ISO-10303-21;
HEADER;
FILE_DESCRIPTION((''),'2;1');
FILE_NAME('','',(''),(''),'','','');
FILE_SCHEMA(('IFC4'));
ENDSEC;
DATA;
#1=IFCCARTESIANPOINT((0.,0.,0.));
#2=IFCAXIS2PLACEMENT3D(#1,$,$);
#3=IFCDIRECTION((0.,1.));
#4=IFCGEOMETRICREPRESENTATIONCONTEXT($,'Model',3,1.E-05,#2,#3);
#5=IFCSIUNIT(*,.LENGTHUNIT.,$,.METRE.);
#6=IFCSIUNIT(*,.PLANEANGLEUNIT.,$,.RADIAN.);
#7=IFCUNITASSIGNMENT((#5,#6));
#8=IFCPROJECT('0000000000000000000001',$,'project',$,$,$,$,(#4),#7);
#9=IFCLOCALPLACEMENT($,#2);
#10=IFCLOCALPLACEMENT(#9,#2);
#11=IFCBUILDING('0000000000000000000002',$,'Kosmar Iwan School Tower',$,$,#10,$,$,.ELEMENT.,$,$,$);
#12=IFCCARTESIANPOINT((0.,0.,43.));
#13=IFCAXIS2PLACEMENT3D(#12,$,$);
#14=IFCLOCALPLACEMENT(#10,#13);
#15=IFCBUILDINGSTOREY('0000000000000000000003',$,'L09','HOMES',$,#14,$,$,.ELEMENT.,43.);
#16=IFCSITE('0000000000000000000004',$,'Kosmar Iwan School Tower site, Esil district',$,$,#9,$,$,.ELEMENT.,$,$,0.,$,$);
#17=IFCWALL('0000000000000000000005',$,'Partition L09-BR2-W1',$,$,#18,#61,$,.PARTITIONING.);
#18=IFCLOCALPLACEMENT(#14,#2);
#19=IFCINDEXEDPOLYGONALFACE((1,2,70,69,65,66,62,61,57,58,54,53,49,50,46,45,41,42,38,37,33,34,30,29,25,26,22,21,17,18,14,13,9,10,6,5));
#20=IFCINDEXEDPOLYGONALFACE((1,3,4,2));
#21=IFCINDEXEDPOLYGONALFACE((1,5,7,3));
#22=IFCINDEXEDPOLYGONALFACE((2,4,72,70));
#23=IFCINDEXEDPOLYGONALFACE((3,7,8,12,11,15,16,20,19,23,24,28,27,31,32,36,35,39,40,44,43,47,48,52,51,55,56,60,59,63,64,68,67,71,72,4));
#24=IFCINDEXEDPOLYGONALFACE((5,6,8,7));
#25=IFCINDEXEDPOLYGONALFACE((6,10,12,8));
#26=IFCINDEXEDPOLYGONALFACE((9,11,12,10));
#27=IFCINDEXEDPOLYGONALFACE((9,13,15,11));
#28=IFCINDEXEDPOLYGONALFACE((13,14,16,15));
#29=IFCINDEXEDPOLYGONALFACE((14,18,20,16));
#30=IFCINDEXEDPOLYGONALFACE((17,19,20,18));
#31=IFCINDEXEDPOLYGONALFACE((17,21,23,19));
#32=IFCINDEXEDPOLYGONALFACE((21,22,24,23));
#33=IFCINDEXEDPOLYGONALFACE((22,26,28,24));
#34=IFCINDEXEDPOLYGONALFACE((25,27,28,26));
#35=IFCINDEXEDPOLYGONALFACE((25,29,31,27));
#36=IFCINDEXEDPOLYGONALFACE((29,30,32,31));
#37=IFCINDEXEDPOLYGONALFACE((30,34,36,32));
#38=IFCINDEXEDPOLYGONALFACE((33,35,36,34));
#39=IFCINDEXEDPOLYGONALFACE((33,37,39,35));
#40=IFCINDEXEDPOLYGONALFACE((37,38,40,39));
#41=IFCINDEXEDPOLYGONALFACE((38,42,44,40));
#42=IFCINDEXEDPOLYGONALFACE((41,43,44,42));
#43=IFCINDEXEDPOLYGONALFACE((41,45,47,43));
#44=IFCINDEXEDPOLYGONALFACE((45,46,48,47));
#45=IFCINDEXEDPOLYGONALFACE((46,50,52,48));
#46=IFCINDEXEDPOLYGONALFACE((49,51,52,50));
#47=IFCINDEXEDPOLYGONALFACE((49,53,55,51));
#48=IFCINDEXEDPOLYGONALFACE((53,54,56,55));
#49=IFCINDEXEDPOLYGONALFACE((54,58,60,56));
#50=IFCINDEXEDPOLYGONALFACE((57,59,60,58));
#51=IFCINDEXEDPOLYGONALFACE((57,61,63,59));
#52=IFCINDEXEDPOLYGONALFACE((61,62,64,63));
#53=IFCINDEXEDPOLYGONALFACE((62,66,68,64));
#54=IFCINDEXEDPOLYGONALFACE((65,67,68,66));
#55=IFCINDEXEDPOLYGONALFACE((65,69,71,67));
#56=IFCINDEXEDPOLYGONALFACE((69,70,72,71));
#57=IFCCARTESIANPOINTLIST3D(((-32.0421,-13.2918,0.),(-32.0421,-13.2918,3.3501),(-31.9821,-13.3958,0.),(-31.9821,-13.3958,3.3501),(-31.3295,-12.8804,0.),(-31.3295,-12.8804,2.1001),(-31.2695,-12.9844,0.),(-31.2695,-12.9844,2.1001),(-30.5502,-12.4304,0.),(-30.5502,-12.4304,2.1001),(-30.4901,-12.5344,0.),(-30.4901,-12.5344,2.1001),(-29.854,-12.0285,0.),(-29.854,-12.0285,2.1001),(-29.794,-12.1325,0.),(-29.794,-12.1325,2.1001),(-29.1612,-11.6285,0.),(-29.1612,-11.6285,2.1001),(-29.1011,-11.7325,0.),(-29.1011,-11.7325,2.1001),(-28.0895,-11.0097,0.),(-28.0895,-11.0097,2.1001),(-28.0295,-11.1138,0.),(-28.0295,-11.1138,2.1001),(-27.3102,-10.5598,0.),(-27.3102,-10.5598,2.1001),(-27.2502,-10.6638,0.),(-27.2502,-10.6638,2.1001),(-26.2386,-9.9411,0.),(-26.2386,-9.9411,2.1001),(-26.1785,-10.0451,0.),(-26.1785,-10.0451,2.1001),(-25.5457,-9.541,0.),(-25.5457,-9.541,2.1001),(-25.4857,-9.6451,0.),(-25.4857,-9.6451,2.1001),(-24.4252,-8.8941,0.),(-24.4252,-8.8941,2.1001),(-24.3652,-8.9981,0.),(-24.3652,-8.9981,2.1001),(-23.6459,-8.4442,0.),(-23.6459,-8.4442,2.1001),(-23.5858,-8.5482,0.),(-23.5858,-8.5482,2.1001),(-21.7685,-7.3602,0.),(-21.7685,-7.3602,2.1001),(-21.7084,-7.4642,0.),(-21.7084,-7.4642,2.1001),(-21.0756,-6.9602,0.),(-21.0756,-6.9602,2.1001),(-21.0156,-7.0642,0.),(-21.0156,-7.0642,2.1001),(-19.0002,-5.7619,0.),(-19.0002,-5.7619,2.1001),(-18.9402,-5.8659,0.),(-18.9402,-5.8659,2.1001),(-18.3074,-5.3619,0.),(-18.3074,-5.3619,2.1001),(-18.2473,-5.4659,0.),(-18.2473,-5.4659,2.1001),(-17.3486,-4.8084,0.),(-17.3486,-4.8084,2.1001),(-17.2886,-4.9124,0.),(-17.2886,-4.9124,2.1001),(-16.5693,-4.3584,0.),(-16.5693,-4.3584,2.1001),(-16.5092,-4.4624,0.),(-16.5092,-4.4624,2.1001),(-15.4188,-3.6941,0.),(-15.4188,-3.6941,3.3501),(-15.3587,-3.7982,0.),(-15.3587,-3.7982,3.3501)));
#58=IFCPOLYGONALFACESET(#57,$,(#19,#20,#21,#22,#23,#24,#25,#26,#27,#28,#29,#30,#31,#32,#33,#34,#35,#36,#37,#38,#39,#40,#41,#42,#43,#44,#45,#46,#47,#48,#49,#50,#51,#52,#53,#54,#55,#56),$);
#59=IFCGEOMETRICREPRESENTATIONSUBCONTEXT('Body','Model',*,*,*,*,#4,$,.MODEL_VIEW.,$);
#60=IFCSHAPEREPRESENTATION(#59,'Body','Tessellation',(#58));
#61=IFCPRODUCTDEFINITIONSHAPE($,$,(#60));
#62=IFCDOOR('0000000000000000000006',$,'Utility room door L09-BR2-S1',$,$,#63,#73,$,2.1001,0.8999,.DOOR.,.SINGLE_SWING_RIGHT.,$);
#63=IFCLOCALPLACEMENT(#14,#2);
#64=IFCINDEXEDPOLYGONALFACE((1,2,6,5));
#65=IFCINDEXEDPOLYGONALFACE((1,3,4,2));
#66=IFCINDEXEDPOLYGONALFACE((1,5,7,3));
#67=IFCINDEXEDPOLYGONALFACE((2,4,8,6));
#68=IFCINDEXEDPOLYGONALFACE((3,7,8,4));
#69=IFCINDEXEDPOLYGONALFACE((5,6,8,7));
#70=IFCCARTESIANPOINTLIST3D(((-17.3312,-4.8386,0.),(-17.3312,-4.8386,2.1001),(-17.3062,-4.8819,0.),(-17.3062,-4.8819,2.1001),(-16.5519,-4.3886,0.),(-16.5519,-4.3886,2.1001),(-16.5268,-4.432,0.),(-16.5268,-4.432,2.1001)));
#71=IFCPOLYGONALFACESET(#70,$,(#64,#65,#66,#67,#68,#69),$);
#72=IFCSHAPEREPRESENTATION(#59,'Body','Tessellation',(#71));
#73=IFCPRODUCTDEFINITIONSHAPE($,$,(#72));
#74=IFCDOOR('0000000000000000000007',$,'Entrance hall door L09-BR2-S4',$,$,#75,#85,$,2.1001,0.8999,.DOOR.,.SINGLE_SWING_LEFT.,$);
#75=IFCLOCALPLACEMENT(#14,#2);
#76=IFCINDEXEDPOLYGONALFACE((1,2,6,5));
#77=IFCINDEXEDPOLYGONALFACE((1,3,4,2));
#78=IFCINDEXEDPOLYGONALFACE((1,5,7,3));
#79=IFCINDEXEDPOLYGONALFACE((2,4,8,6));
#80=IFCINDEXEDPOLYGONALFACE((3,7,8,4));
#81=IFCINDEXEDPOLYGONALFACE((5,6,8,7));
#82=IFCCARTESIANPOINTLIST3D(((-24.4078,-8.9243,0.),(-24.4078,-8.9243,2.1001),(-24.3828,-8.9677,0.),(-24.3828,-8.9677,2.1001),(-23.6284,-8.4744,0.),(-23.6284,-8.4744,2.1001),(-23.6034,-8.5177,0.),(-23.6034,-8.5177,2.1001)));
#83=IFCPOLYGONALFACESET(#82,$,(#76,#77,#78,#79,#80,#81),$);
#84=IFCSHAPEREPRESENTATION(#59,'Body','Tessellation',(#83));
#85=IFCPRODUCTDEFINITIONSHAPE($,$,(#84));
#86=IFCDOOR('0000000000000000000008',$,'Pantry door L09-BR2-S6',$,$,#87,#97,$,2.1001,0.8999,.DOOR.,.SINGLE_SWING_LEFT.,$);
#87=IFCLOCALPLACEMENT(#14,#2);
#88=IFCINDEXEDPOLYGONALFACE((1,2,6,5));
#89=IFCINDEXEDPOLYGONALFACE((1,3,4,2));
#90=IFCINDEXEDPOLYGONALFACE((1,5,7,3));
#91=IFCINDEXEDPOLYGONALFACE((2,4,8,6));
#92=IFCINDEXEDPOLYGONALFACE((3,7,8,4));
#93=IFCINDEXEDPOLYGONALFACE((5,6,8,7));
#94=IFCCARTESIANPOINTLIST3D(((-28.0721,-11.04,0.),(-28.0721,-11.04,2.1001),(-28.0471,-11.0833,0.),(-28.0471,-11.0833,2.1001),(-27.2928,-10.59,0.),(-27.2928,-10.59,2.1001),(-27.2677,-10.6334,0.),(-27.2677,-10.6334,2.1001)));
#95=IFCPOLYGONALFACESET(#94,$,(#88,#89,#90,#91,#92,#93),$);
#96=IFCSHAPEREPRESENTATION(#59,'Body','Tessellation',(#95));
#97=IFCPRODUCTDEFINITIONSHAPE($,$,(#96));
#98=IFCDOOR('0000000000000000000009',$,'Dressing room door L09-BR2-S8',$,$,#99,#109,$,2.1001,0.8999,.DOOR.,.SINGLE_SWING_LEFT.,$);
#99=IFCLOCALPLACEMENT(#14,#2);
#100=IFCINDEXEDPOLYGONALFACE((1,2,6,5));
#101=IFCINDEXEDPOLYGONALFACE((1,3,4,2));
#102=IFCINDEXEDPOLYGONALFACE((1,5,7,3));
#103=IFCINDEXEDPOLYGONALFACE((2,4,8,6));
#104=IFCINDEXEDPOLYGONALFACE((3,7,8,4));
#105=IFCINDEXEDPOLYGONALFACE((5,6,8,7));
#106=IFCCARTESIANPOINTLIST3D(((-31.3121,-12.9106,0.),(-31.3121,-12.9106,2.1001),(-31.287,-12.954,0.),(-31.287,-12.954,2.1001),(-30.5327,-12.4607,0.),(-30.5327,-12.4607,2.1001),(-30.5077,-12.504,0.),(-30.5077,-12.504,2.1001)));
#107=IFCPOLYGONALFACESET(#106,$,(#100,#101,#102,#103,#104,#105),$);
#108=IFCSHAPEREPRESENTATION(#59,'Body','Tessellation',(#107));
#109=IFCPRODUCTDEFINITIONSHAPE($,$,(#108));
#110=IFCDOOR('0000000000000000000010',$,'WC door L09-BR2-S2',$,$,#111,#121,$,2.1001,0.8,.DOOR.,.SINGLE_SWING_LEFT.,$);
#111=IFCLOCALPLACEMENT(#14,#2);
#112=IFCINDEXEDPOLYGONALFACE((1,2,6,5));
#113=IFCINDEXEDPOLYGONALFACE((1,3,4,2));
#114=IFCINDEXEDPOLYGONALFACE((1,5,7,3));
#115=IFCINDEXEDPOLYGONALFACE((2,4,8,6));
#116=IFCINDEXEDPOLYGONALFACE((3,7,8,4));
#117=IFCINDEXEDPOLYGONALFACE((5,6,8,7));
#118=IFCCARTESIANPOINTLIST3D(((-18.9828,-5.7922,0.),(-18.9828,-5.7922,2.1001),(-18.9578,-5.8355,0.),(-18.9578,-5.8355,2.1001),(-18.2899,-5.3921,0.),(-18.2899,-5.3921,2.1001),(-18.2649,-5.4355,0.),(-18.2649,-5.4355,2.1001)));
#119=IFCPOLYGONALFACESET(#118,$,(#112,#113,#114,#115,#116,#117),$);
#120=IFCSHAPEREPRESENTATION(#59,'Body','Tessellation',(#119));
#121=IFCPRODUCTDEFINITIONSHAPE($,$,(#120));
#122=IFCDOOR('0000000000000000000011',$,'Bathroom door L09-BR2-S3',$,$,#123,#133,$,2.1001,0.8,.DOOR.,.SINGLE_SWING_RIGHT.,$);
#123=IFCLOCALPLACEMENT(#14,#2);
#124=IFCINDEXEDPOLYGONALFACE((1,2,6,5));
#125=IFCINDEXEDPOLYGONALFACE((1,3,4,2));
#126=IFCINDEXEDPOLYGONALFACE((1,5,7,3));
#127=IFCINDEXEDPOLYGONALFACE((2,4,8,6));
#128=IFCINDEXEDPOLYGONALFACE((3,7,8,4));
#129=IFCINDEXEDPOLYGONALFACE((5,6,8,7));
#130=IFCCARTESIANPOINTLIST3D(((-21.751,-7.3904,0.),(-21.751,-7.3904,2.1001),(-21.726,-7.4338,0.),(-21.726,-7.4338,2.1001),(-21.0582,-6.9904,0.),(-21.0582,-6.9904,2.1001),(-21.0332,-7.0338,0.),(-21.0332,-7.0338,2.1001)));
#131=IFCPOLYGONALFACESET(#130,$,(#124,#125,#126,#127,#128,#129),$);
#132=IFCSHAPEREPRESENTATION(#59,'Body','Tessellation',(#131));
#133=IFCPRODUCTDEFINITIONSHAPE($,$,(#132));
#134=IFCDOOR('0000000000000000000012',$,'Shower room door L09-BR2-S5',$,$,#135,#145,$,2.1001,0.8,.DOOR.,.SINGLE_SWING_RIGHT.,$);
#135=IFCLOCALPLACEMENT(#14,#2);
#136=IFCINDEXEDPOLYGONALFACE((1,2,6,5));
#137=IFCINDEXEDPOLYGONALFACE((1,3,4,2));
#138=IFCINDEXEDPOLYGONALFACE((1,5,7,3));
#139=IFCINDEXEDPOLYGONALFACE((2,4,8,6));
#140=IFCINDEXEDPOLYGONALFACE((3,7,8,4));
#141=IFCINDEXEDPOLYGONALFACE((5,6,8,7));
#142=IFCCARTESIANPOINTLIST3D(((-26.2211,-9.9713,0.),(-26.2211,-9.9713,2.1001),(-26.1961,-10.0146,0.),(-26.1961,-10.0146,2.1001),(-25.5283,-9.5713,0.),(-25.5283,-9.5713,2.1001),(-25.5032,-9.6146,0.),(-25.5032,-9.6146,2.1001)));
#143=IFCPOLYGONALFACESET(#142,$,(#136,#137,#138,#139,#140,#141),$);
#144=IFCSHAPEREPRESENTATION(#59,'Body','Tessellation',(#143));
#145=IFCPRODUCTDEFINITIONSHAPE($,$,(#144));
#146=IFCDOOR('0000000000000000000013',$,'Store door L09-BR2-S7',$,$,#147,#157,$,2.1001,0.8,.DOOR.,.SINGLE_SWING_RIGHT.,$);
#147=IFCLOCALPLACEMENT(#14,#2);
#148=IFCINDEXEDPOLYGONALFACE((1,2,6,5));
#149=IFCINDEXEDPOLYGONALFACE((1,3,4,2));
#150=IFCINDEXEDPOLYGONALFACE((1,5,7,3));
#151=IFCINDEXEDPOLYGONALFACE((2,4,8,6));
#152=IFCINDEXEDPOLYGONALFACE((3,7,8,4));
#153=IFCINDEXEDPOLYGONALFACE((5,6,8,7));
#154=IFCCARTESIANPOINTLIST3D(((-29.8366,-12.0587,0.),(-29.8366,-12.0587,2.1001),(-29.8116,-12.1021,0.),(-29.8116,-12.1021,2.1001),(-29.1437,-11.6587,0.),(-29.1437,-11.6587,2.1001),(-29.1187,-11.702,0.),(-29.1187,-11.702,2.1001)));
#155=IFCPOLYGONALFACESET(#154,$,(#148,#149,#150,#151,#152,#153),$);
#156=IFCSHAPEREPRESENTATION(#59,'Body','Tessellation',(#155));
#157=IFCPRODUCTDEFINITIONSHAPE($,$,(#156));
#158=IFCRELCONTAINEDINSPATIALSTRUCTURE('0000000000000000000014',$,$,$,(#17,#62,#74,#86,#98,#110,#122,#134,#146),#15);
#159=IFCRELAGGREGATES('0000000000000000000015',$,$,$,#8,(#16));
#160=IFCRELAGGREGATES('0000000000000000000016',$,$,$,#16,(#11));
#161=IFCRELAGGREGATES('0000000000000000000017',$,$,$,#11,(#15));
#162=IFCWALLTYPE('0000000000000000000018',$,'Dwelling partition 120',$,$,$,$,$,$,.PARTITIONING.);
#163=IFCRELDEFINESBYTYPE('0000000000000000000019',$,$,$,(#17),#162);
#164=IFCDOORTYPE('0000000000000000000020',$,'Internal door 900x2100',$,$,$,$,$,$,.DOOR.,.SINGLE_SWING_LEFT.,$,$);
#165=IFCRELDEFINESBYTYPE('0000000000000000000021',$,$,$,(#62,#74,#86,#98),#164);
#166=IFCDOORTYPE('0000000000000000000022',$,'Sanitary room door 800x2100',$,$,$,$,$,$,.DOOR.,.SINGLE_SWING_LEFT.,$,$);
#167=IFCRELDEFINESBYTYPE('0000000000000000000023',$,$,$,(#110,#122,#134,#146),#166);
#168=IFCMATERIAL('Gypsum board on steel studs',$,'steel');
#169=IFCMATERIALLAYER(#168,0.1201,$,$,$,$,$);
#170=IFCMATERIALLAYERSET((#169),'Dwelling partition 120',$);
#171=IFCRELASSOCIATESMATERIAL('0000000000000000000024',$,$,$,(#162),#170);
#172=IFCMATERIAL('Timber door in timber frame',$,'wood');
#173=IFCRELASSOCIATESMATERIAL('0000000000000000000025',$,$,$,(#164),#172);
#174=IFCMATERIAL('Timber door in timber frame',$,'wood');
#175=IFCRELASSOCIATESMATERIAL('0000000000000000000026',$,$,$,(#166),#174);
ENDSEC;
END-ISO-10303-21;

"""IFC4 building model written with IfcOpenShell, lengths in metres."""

from ifc_helpers import new_model, si_unit, direction, frame, frame_2d, origin, place, context, subcontext, project, spatial, rectangle, extrude, material, layer, layer_set, type_object, element, fill, save


model = new_model("IFC4")

# Units and contexts
model_context = context("Model", 3, precision=1e-05, world=origin(), true_north=direction((0.0, 1.0)))
body_context = subcontext(model_context, "Body", "Model", "MODEL_VIEW")
ifc_project = project(units=[si_unit("LENGTHUNIT", "METRE"), si_unit("PLANEANGLEUNIT", "RADIAN")], contexts=[model_context])

# Site, building, storey
site_placement = place(None, origin())
site = spatial("IfcSite", under=ifc_project, at=site_placement, Name="Kosmar Iwan School Tower site, Esil district", CompositionType="ELEMENT", RefElevation=0.0)
building_placement = place(site_placement, origin())
building = spatial("IfcBuilding", under=site, at=building_placement, Name="Kosmar Iwan School Tower", CompositionType="ELEMENT")
storey_placement = place(building_placement, frame((0.0, 0.0, 43.0)))
storey = spatial("IfcBuildingStorey", under=building, at=storey_placement, Name="L09", Description="HOMES", CompositionType="ELEMENT", Elevation=43.0)

# Wall, openings, doors
ifc_material_1 = material(Name="Gypsum board on steel studs", Category="steel")
ifc_layer_1 = layer(ifc_material_1, 0.1201)
ifc_layer_set_1 = layer_set([ifc_layer_1], Name="Dwelling partition 120")
wall_type_1 = type_object("IfcWallType", Name="Dwelling partition 120", PredefinedType="PARTITIONING", material=ifc_layer_set_1)
wall_1_placement = place(storey_placement, frame((-15.3887, -3.7461, 0.0), z_axis=(0.0, 0.0, 1.0), x_axis=(-0.866021, -0.500008, 0.0)))
wall_1 = element("IfcWall", 1, at=wall_1_placement, inside=storey, type_object=wall_type_1, Name="Partition L09-BR2-W1", PredefinedType="PARTITIONING", context=body_context, shape_type="SweptSolid", body=[
    extrude(rectangle(XDim=19.1951, YDim=0.1201, at=frame_2d((9.5977, 0.0))), origin(), (0.0, 0.0, 1.0), 3.3501),
])
opening_1_placement = place(wall_1_placement, frame((1.3286, 0.0, 0.0)))
opening_1 = element("IfcOpeningElement", 2, at=opening_1_placement, cuts=wall_1, PredefinedType="OPENING", context=body_context, shape_type="SweptSolid", body=[
    extrude(rectangle(XDim=0.8999, YDim=2.1001, at=frame_2d((0.45, 1.05))), frame((0.0, 0.072, 0.0), z_axis=(0.0, -1.0, 0.0), x_axis=(1.0, 0.0, 0.0)), (0.0, 0.0, 1.0), 0.144),
])
opening_2_placement = place(wall_1_placement, frame((3.3357, 0.0, 0.0)))
opening_2 = element("IfcOpeningElement", 3, at=opening_2_placement, cuts=wall_1, PredefinedType="OPENING", context=body_context, shape_type="SweptSolid", body=[
    extrude(rectangle(XDim=0.8, YDim=2.1001, at=frame_2d((0.3999, 1.05))), frame((0.0, 0.072, 0.0), z_axis=(0.0, -1.0, 0.0), x_axis=(1.0, 0.0, 0.0)), (0.0, 0.0, 1.0), 0.144),
])
opening_3_placement = place(wall_1_placement, frame((6.5322, 0.0, 0.0)))
opening_3 = element("IfcOpeningElement", 4, at=opening_3_placement, cuts=wall_1, PredefinedType="OPENING", context=body_context, shape_type="SweptSolid", body=[
    extrude(rectangle(XDim=0.8, YDim=2.1001, at=frame_2d((0.3999, 1.05))), frame((0.0, 0.072, 0.0), z_axis=(0.0, -1.0, 0.0), x_axis=(1.0, 0.0, 0.0)), (0.0, 0.0, 1.0), 0.144),
])
opening_4_placement = place(wall_1_placement, frame((9.5, 0.0, 0.0)))
opening_4 = element("IfcOpeningElement", 5, at=opening_4_placement, cuts=wall_1, PredefinedType="OPENING", context=body_context, shape_type="SweptSolid", body=[
    extrude(rectangle(XDim=0.8999, YDim=2.1001, at=frame_2d((0.45, 1.05))), frame((0.0, 0.072, 0.0), z_axis=(0.0, -1.0, 0.0), x_axis=(1.0, 0.0, 0.0)), (0.0, 0.0, 1.0), 0.144),
])
opening_5_placement = place(wall_1_placement, frame((11.6938, 0.0, 0.0)))
opening_5 = element("IfcOpeningElement", 6, at=opening_5_placement, cuts=wall_1, PredefinedType="OPENING", context=body_context, shape_type="SweptSolid", body=[
    extrude(rectangle(XDim=0.8, YDim=2.1001, at=frame_2d((0.3999, 1.05))), frame((0.0, 0.072, 0.0), z_axis=(0.0, -1.0, 0.0), x_axis=(1.0, 0.0, 0.0)), (0.0, 0.0, 1.0), 0.144),
])
opening_6_placement = place(wall_1_placement, frame((13.7312, 0.0, 0.0)))
opening_6 = element("IfcOpeningElement", 7, at=opening_6_placement, cuts=wall_1, PredefinedType="OPENING", context=body_context, shape_type="SweptSolid", body=[
    extrude(rectangle(XDim=0.8999, YDim=2.1001, at=frame_2d((0.45, 1.05))), frame((0.0, 0.072, 0.0), z_axis=(0.0, -1.0, 0.0), x_axis=(1.0, 0.0, 0.0)), (0.0, 0.0, 1.0), 0.144),
])
opening_7_placement = place(wall_1_placement, frame((15.8687, 0.0, 0.0)))
opening_7 = element("IfcOpeningElement", 8, at=opening_7_placement, cuts=wall_1, PredefinedType="OPENING", context=body_context, shape_type="SweptSolid", body=[
    extrude(rectangle(XDim=0.8, YDim=2.1001, at=frame_2d((0.3999, 1.05))), frame((0.0, 0.072, 0.0), z_axis=(0.0, -1.0, 0.0), x_axis=(1.0, 0.0, 0.0)), (0.0, 0.0, 1.0), 0.144),
])
opening_8_placement = place(wall_1_placement, frame((17.4724, 0.0, 0.0)))
opening_8 = element("IfcOpeningElement", 9, at=opening_8_placement, cuts=wall_1, PredefinedType="OPENING", context=body_context, shape_type="SweptSolid", body=[
    extrude(rectangle(XDim=0.8999, YDim=2.1001, at=frame_2d((0.45, 1.05))), frame((0.0, 0.072, 0.0), z_axis=(0.0, -1.0, 0.0), x_axis=(1.0, 0.0, 0.0)), (0.0, 0.0, 1.0), 0.144),
])
ifc_material_2 = material(Name="Timber door in timber frame", Category="wood")
door_type_1 = type_object("IfcDoorType", Name="Internal door 900x2100", OperationType="SINGLE_SWING_LEFT", PredefinedType="DOOR", material=ifc_material_2)
door_1_placement = place(opening_1_placement, origin())
door_1 = element("IfcDoor", 10, at=door_1_placement, inside=storey, type_object=door_type_1, Name="Utility room door L09-BR2-S1", OperationType="SINGLE_SWING_RIGHT", OverallHeight=2.1001, OverallWidth=0.8999, PredefinedType="DOOR", context=body_context, shape_type="SweptSolid", body=[
    extrude(rectangle(XDim=0.8999, YDim=2.1001, at=frame_2d((0.45, 1.05))), frame((0.0, 0.0249, 0.0), z_axis=(0.0, -1.0, 0.0), x_axis=(1.0, 0.0, 0.0)), (0.0, 0.0, 1.0), 0.05),
])
fill(opening_1, door_1)
door_2_placement = place(opening_4_placement, origin())
door_2 = element("IfcDoor", 11, at=door_2_placement, inside=storey, type_object=door_type_1, Name="Entrance hall door L09-BR2-S4", OperationType="SINGLE_SWING_LEFT", OverallHeight=2.1001, OverallWidth=0.8999, PredefinedType="DOOR", context=body_context, shape_type="SweptSolid", body=[
    extrude(rectangle(XDim=0.8999, YDim=2.1001, at=frame_2d((0.45, 1.05))), frame((0.0, 0.0249, 0.0), z_axis=(0.0, -1.0, 0.0), x_axis=(1.0, 0.0, 0.0)), (0.0, 0.0, 1.0), 0.05),
])
fill(opening_4, door_2)
door_3_placement = place(opening_6_placement, origin())
door_3 = element("IfcDoor", 12, at=door_3_placement, inside=storey, type_object=door_type_1, Name="Pantry door L09-BR2-S6", OperationType="SINGLE_SWING_LEFT", OverallHeight=2.1001, OverallWidth=0.8999, PredefinedType="DOOR", context=body_context, shape_type="SweptSolid", body=[
    extrude(rectangle(XDim=0.8999, YDim=2.1001, at=frame_2d((0.45, 1.05))), frame((0.0, 0.0249, 0.0), z_axis=(0.0, -1.0, 0.0), x_axis=(1.0, 0.0, 0.0)), (0.0, 0.0, 1.0), 0.05),
])
fill(opening_6, door_3)
door_4_placement = place(opening_8_placement, origin())
door_4 = element("IfcDoor", 13, at=door_4_placement, inside=storey, type_object=door_type_1, Name="Dressing room door L09-BR2-S8", OperationType="SINGLE_SWING_LEFT", OverallHeight=2.1001, OverallWidth=0.8999, PredefinedType="DOOR", context=body_context, shape_type="SweptSolid", body=[
    extrude(rectangle(XDim=0.8999, YDim=2.1001, at=frame_2d((0.45, 1.05))), frame((0.0, 0.0249, 0.0), z_axis=(0.0, -1.0, 0.0), x_axis=(1.0, 0.0, 0.0)), (0.0, 0.0, 1.0), 0.05),
])
fill(opening_8, door_4)
ifc_material_3 = material(Name="Timber door in timber frame", Category="wood")
door_type_2 = type_object("IfcDoorType", Name="Sanitary room door 800x2100", OperationType="SINGLE_SWING_LEFT", PredefinedType="DOOR", material=ifc_material_3)
door_5_placement = place(opening_2_placement, origin())
door_5 = element("IfcDoor", 14, at=door_5_placement, inside=storey, type_object=door_type_2, Name="WC door L09-BR2-S2", OperationType="SINGLE_SWING_LEFT", OverallHeight=2.1001, OverallWidth=0.8, PredefinedType="DOOR", context=body_context, shape_type="SweptSolid", body=[
    extrude(rectangle(XDim=0.8, YDim=2.1001, at=frame_2d((0.3999, 1.05))), frame((0.0, 0.0249, 0.0), z_axis=(0.0, -1.0, 0.0), x_axis=(1.0, 0.0, 0.0)), (0.0, 0.0, 1.0), 0.05),
])
fill(opening_2, door_5)
door_6_placement = place(opening_3_placement, origin())
door_6 = element("IfcDoor", 15, at=door_6_placement, inside=storey, type_object=door_type_2, Name="Bathroom door L09-BR2-S3", OperationType="SINGLE_SWING_RIGHT", OverallHeight=2.1001, OverallWidth=0.8, PredefinedType="DOOR", context=body_context, shape_type="SweptSolid", body=[
    extrude(rectangle(XDim=0.8, YDim=2.1001, at=frame_2d((0.3999, 1.05))), frame((0.0, 0.0249, 0.0), z_axis=(0.0, -1.0, 0.0), x_axis=(1.0, 0.0, 0.0)), (0.0, 0.0, 1.0), 0.05),
])
fill(opening_3, door_6)
door_7_placement = place(opening_5_placement, origin())
door_7 = element("IfcDoor", 16, at=door_7_placement, inside=storey, type_object=door_type_2, Name="Shower room door L09-BR2-S5", OperationType="SINGLE_SWING_RIGHT", OverallHeight=2.1001, OverallWidth=0.8, PredefinedType="DOOR", context=body_context, shape_type="SweptSolid", body=[
    extrude(rectangle(XDim=0.8, YDim=2.1001, at=frame_2d((0.3999, 1.05))), frame((0.0, 0.0249, 0.0), z_axis=(0.0, -1.0, 0.0), x_axis=(1.0, 0.0, 0.0)), (0.0, 0.0, 1.0), 0.05),
])
fill(opening_5, door_7)
door_8_placement = place(opening_7_placement, origin())
door_8 = element("IfcDoor", 17, at=door_8_placement, inside=storey, type_object=door_type_2, Name="Store door L09-BR2-S7", OperationType="SINGLE_SWING_RIGHT", OverallHeight=2.1001, OverallWidth=0.8, PredefinedType="DOOR", context=body_context, shape_type="SweptSolid", body=[
    extrude(rectangle(XDim=0.8, YDim=2.1001, at=frame_2d((0.3999, 1.05))), frame((0.0, 0.0249, 0.0), z_axis=(0.0, -1.0, 0.0), x_axis=(1.0, 0.0, 0.0)), (0.0, 0.0, 1.0), 0.05),
])
fill(opening_7, door_8)

save(model, "model.ifc")
